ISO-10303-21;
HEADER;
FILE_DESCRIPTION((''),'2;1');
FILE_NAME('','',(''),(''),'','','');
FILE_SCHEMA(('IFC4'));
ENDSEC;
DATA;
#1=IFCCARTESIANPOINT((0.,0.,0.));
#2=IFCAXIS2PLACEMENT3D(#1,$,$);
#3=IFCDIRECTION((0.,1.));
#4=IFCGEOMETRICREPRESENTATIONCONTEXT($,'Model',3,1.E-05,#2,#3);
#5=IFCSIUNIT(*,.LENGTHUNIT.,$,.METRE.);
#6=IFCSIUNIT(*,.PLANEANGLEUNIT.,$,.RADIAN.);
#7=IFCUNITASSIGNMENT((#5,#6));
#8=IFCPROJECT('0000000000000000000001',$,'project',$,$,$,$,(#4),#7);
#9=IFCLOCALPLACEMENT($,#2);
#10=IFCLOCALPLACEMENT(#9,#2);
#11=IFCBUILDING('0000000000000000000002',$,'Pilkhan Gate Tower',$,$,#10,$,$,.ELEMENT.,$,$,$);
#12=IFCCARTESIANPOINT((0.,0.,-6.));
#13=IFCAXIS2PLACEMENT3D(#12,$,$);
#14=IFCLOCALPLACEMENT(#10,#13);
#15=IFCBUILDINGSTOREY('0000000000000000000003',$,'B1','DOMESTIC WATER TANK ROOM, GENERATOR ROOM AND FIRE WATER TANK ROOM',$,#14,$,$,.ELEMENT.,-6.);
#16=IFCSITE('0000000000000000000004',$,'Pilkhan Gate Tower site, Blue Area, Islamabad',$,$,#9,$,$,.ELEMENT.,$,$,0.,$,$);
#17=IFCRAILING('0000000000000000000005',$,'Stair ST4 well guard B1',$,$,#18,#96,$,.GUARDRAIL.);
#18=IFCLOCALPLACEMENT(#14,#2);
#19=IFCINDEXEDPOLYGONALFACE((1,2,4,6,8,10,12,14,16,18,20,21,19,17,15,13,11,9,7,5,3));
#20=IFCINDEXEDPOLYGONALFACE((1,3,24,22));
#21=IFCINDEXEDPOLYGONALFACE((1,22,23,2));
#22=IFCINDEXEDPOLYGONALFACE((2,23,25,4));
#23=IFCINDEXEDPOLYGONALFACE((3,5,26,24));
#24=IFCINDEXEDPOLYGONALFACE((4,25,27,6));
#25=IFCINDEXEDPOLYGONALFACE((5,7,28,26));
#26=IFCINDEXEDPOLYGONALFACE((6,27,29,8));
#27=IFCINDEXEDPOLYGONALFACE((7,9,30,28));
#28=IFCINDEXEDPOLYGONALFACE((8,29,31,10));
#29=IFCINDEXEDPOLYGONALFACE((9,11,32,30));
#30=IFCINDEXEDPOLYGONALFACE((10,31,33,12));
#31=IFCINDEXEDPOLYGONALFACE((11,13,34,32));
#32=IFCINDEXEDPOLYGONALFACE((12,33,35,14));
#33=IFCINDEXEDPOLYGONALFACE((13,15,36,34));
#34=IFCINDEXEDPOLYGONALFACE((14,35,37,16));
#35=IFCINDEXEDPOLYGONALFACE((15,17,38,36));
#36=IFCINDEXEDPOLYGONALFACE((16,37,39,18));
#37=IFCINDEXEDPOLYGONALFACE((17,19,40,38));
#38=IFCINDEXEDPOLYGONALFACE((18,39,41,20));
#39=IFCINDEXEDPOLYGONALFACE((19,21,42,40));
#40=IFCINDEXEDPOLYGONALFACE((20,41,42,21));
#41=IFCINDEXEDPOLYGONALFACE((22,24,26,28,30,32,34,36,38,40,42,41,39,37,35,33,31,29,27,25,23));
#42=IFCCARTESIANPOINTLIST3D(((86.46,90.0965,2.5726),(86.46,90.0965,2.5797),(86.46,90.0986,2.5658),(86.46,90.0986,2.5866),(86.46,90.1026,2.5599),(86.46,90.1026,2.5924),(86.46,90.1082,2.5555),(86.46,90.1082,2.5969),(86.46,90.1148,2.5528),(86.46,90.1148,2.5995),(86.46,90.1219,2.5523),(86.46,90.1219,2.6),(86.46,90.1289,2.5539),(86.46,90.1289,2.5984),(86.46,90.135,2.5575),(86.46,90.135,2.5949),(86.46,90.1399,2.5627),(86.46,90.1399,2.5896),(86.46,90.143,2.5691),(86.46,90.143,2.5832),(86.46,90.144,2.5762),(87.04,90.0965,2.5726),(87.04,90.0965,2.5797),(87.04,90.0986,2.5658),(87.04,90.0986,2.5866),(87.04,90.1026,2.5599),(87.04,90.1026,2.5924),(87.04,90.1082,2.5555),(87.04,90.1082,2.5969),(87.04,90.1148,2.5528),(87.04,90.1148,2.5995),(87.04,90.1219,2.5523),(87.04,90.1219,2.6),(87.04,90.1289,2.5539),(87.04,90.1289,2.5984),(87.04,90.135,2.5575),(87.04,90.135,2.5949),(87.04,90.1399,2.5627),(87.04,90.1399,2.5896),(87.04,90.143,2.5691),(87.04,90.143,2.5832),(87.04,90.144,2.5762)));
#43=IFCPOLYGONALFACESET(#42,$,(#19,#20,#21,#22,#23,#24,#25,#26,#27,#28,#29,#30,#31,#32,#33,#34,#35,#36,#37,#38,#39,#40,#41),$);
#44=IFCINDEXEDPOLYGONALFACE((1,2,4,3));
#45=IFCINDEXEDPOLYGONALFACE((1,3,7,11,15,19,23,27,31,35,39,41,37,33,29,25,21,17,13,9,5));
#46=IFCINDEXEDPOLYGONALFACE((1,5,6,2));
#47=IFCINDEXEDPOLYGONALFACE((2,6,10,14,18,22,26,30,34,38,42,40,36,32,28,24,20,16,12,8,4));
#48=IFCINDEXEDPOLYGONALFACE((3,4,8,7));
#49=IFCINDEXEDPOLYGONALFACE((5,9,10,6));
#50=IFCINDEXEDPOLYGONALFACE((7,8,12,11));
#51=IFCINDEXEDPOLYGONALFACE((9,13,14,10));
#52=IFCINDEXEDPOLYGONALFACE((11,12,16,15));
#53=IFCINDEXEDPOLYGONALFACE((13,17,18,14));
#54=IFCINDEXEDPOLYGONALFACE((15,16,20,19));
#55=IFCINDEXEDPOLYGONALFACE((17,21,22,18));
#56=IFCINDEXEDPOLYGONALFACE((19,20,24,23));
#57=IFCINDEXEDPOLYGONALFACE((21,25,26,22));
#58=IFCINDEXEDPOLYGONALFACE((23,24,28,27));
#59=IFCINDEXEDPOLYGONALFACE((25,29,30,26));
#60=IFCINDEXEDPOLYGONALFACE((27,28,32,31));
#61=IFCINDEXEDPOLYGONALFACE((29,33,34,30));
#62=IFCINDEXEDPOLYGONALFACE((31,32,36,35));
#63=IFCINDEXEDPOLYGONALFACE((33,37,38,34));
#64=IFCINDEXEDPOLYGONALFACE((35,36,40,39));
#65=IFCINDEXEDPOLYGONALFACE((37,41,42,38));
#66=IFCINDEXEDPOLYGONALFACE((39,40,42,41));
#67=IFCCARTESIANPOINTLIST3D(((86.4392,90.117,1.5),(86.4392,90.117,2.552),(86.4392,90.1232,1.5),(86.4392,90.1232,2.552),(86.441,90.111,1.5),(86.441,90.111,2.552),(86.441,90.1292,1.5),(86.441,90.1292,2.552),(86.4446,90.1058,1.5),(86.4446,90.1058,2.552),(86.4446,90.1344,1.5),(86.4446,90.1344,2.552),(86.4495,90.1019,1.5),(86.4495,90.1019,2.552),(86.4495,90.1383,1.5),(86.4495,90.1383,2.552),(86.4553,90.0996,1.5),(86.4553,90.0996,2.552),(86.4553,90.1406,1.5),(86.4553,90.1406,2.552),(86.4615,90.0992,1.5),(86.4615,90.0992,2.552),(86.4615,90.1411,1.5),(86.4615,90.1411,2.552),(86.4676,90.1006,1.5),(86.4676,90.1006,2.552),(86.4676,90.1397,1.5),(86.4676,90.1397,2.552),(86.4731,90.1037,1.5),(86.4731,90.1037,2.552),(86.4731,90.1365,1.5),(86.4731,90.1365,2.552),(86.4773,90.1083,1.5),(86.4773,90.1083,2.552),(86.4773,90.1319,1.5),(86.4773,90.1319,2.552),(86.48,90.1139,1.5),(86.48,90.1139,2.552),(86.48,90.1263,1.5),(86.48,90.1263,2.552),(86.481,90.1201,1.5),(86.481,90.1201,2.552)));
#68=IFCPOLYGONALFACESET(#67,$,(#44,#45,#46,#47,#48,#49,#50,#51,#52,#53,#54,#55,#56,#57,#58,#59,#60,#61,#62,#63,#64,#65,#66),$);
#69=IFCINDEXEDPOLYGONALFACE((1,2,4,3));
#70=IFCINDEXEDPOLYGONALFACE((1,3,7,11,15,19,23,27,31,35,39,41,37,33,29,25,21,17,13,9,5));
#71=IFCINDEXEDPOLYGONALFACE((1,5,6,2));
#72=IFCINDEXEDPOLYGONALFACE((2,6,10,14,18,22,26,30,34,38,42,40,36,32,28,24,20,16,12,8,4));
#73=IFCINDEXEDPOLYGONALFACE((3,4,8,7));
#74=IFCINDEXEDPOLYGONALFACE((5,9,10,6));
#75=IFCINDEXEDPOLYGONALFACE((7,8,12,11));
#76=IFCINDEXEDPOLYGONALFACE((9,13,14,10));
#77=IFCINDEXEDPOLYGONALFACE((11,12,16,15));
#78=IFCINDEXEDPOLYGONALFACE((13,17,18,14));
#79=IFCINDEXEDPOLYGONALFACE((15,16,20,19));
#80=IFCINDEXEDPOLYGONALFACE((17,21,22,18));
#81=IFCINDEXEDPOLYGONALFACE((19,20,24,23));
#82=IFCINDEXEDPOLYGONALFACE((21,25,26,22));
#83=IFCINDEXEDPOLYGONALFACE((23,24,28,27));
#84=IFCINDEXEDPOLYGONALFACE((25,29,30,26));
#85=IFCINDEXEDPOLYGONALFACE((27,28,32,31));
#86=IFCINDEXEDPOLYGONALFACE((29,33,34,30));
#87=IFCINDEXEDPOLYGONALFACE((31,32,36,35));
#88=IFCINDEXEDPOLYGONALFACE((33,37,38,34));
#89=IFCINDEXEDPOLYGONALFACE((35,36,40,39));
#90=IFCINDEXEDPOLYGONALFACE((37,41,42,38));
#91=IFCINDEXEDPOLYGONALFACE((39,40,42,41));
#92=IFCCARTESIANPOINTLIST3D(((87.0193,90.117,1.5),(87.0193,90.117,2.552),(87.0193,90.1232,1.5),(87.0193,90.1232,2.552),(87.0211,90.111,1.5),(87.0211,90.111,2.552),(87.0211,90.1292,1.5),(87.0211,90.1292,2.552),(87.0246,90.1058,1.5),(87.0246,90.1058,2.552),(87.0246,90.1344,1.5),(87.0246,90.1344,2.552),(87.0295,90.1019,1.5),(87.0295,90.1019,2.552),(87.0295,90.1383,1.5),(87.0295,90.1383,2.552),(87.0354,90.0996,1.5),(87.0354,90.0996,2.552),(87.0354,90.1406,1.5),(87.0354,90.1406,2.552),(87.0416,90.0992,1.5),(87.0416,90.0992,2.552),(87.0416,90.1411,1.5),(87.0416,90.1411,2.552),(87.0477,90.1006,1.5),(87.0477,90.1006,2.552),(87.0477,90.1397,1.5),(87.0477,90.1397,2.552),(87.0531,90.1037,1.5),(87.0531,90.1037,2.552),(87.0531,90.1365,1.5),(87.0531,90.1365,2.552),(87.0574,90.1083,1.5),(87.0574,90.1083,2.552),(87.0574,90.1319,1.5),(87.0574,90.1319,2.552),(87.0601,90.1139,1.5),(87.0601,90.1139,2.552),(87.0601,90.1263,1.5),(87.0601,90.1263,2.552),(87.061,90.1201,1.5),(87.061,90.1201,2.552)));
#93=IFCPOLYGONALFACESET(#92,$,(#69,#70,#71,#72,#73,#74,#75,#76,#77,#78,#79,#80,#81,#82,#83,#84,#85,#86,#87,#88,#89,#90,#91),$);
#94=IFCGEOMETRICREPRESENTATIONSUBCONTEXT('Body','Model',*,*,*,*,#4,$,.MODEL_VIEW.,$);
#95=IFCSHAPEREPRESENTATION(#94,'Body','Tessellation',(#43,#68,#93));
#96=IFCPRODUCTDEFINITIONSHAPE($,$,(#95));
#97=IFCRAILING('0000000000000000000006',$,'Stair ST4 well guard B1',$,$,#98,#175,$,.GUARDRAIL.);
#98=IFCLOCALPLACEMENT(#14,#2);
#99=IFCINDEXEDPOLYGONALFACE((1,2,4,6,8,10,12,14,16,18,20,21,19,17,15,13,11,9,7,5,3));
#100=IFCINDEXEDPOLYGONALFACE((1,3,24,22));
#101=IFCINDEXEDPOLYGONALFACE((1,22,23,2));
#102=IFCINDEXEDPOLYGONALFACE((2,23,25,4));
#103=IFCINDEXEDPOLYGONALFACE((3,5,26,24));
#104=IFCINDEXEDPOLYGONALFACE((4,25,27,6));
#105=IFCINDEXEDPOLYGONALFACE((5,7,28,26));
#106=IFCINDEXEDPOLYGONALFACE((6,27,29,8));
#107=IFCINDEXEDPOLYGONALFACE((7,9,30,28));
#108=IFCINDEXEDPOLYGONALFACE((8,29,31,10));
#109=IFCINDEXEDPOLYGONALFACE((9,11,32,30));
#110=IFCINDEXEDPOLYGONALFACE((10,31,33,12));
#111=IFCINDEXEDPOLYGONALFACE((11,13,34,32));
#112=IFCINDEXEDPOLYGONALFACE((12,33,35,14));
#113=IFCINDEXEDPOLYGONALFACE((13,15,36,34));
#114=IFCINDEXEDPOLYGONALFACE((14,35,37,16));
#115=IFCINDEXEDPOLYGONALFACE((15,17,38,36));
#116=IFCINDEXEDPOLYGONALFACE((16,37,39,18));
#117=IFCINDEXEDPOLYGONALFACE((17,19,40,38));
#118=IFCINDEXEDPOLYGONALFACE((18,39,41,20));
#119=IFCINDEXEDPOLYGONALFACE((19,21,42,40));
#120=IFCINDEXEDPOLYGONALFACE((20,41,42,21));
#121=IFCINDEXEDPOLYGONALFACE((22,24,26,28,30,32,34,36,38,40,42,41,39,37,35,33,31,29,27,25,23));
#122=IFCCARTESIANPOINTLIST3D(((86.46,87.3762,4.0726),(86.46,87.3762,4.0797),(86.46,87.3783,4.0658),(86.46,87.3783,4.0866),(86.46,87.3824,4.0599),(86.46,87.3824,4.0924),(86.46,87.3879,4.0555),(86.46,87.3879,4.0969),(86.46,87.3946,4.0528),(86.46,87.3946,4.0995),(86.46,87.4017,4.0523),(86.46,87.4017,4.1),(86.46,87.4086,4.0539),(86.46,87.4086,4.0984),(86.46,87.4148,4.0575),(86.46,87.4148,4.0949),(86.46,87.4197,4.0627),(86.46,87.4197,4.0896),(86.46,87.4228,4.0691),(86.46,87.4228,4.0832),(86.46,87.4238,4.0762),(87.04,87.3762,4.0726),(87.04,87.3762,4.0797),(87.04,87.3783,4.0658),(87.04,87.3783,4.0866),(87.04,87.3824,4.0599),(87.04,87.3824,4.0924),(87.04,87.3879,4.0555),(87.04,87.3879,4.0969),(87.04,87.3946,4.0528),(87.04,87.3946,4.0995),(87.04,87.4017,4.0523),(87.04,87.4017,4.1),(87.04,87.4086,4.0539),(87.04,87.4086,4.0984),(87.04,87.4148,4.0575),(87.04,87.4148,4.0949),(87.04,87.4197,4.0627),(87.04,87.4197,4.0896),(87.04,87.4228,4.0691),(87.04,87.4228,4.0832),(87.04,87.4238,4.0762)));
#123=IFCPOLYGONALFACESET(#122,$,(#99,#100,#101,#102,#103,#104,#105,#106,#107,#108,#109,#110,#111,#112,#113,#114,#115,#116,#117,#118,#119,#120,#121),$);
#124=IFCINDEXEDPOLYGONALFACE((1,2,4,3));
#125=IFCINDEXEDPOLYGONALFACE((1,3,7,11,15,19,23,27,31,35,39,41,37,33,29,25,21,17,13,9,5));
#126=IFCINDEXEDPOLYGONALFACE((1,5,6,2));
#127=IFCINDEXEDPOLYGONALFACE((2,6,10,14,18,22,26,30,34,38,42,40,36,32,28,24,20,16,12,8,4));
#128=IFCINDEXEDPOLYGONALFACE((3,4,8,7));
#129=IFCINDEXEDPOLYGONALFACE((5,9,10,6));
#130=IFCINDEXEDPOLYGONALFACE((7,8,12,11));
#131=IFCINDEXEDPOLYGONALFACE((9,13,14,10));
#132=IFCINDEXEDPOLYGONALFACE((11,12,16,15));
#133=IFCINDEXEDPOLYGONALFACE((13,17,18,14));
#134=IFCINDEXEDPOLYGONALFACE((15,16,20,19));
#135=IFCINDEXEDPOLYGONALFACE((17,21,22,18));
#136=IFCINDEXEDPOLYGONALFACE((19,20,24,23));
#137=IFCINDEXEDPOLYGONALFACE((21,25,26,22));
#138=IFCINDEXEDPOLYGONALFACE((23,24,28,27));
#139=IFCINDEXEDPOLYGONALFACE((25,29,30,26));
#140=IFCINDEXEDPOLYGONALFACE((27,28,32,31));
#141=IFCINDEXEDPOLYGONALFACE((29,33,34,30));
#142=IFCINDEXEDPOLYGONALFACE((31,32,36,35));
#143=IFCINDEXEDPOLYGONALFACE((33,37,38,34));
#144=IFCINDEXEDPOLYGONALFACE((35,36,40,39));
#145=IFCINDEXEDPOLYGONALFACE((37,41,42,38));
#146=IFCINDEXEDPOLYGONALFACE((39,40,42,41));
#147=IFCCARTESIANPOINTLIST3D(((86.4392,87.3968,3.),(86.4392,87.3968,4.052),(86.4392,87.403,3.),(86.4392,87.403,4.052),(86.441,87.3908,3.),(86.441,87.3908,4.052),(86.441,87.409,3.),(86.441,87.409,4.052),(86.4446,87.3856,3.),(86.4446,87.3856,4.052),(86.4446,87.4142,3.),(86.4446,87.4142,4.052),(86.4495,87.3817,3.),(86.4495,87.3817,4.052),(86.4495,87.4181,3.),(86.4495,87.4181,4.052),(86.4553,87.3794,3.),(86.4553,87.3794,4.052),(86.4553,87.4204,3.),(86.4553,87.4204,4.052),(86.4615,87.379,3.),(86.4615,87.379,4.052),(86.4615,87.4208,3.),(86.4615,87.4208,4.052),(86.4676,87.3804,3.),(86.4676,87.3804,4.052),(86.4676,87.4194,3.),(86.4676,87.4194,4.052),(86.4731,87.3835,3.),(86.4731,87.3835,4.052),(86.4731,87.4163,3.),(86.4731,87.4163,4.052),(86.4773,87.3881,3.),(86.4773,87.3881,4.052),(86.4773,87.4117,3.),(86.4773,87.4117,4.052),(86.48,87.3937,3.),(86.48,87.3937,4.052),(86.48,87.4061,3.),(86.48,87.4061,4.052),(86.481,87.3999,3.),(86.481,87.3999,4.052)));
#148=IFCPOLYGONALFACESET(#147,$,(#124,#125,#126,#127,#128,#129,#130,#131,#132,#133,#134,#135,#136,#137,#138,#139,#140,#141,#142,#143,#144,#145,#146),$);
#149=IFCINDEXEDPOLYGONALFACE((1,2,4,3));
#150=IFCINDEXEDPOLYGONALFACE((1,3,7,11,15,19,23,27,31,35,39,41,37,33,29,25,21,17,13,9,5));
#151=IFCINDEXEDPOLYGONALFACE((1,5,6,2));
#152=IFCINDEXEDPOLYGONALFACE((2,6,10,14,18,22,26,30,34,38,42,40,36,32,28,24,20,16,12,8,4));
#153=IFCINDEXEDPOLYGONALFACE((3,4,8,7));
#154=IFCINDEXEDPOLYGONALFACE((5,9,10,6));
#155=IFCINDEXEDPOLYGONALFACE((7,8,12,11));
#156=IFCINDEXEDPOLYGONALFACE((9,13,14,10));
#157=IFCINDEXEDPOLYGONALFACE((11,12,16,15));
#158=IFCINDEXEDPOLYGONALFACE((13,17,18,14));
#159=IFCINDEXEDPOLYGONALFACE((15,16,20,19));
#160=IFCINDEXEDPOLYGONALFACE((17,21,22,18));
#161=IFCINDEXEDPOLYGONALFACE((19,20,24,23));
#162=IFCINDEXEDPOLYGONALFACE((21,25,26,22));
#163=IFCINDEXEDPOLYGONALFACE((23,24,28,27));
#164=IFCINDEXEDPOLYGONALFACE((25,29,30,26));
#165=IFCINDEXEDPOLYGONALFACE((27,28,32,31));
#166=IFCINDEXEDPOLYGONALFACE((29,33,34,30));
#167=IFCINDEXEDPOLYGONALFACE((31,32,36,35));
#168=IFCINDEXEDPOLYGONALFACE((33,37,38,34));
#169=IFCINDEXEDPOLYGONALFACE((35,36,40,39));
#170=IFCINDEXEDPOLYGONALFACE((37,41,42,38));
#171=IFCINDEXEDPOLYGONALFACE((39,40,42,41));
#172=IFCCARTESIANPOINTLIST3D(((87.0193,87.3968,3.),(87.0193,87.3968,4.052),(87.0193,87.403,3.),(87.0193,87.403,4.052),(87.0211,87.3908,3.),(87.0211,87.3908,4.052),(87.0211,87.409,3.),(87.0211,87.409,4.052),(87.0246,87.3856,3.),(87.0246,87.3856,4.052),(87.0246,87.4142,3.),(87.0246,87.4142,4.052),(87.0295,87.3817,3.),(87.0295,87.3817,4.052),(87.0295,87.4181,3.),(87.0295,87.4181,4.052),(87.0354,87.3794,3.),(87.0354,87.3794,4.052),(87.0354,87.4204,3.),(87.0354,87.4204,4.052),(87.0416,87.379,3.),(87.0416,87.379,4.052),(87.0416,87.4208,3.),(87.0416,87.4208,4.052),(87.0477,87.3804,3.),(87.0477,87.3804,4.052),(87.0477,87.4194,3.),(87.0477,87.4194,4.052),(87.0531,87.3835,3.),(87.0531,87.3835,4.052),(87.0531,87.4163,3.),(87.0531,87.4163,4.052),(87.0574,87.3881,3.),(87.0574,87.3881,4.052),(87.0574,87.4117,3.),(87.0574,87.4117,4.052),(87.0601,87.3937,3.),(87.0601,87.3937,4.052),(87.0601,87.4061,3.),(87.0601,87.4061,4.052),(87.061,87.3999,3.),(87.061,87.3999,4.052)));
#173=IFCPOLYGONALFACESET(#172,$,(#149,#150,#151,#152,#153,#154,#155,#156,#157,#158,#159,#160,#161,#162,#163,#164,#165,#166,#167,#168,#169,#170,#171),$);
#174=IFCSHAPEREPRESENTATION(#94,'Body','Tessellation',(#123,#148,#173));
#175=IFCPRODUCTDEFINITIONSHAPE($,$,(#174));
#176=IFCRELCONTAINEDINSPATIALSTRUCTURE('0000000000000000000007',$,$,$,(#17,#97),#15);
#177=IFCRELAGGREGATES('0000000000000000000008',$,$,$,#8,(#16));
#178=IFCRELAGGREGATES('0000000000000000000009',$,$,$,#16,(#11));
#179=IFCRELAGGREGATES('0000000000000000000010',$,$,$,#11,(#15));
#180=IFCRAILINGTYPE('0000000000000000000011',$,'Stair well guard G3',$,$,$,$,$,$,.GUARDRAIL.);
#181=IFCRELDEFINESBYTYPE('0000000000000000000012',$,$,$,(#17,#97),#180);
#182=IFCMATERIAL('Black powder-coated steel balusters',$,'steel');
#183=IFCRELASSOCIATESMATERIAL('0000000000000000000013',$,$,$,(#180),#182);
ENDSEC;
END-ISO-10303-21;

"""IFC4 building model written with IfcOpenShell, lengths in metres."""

from ifc_helpers import new_model, si_unit, direction, frame, origin, origin_2d, place, context, subcontext, project, spatial, circle, extrude, material, type_object, element, save


model = new_model("IFC4")

# Units and contexts
model_context = context("Model", 3, precision=1e-05, world=origin(), true_north=direction((0.0, 1.0)))
body_context = subcontext(model_context, "Body", "Model", "MODEL_VIEW")
ifc_project = project(units=[si_unit("LENGTHUNIT", "METRE"), si_unit("PLANEANGLEUNIT", "RADIAN")], contexts=[model_context])

# Site, building, storey
site_placement = place(None, origin())
site = spatial("IfcSite", under=ifc_project, at=site_placement, Name="Pilkhan Gate Tower site, Blue Area, Islamabad", CompositionType="ELEMENT", RefElevation=0.0)
building_placement = place(site_placement, origin())
building = spatial("IfcBuilding", under=site, at=building_placement, Name="Pilkhan Gate Tower", CompositionType="ELEMENT")
storey_placement = place(building_placement, frame((0.0, 0.0, -6.0)))
storey = spatial("IfcBuildingStorey", under=building, at=storey_placement, Name="B1", Description="DOMESTIC WATER TANK ROOM, GENERATOR ROOM AND FIRE WATER TANK ROOM", CompositionType="ELEMENT", Elevation=-6.0)

# Railings
ifc_material_1 = material(Name="Black powder-coated steel balusters", Category="steel")
railing_type_1 = type_object("IfcRailingType", Name="Stair well guard G3", PredefinedType="GUARDRAIL", material=ifc_material_1)
for number, where, name in (
    (1, (86.46, 90.1201, 1.5), "Stair ST4 well guard B1"),
    (2, (86.46, 87.3999, 3.0), "Stair ST4 well guard B1"),
):
    element("IfcRailing", number, at=place(storey_placement, frame(where)), inside=storey, type_object=railing_type_1, Name=name, PredefinedType="GUARDRAIL", context=body_context, shape_type="SweptSolid", body=[
        extrude(circle(Radius=0.0239, at=origin_2d()), frame((0.0, 0.0, 1.0762), z_axis=(1.0, 0.0, 0.0), x_axis=(0.0, 1.0, 0.0)), (0.0, 0.0, 1.0), 0.5801),
        extrude(circle(Radius=0.021, at=origin_2d()), origin(), (0.0, 0.0, 1.0), 1.052),
        extrude(circle(Radius=0.021, at=origin_2d()), frame((0.5801, 0.0, 0.0)), (0.0, 0.0, 1.0), 1.052),
    ])

save(model, "model.ifc")
